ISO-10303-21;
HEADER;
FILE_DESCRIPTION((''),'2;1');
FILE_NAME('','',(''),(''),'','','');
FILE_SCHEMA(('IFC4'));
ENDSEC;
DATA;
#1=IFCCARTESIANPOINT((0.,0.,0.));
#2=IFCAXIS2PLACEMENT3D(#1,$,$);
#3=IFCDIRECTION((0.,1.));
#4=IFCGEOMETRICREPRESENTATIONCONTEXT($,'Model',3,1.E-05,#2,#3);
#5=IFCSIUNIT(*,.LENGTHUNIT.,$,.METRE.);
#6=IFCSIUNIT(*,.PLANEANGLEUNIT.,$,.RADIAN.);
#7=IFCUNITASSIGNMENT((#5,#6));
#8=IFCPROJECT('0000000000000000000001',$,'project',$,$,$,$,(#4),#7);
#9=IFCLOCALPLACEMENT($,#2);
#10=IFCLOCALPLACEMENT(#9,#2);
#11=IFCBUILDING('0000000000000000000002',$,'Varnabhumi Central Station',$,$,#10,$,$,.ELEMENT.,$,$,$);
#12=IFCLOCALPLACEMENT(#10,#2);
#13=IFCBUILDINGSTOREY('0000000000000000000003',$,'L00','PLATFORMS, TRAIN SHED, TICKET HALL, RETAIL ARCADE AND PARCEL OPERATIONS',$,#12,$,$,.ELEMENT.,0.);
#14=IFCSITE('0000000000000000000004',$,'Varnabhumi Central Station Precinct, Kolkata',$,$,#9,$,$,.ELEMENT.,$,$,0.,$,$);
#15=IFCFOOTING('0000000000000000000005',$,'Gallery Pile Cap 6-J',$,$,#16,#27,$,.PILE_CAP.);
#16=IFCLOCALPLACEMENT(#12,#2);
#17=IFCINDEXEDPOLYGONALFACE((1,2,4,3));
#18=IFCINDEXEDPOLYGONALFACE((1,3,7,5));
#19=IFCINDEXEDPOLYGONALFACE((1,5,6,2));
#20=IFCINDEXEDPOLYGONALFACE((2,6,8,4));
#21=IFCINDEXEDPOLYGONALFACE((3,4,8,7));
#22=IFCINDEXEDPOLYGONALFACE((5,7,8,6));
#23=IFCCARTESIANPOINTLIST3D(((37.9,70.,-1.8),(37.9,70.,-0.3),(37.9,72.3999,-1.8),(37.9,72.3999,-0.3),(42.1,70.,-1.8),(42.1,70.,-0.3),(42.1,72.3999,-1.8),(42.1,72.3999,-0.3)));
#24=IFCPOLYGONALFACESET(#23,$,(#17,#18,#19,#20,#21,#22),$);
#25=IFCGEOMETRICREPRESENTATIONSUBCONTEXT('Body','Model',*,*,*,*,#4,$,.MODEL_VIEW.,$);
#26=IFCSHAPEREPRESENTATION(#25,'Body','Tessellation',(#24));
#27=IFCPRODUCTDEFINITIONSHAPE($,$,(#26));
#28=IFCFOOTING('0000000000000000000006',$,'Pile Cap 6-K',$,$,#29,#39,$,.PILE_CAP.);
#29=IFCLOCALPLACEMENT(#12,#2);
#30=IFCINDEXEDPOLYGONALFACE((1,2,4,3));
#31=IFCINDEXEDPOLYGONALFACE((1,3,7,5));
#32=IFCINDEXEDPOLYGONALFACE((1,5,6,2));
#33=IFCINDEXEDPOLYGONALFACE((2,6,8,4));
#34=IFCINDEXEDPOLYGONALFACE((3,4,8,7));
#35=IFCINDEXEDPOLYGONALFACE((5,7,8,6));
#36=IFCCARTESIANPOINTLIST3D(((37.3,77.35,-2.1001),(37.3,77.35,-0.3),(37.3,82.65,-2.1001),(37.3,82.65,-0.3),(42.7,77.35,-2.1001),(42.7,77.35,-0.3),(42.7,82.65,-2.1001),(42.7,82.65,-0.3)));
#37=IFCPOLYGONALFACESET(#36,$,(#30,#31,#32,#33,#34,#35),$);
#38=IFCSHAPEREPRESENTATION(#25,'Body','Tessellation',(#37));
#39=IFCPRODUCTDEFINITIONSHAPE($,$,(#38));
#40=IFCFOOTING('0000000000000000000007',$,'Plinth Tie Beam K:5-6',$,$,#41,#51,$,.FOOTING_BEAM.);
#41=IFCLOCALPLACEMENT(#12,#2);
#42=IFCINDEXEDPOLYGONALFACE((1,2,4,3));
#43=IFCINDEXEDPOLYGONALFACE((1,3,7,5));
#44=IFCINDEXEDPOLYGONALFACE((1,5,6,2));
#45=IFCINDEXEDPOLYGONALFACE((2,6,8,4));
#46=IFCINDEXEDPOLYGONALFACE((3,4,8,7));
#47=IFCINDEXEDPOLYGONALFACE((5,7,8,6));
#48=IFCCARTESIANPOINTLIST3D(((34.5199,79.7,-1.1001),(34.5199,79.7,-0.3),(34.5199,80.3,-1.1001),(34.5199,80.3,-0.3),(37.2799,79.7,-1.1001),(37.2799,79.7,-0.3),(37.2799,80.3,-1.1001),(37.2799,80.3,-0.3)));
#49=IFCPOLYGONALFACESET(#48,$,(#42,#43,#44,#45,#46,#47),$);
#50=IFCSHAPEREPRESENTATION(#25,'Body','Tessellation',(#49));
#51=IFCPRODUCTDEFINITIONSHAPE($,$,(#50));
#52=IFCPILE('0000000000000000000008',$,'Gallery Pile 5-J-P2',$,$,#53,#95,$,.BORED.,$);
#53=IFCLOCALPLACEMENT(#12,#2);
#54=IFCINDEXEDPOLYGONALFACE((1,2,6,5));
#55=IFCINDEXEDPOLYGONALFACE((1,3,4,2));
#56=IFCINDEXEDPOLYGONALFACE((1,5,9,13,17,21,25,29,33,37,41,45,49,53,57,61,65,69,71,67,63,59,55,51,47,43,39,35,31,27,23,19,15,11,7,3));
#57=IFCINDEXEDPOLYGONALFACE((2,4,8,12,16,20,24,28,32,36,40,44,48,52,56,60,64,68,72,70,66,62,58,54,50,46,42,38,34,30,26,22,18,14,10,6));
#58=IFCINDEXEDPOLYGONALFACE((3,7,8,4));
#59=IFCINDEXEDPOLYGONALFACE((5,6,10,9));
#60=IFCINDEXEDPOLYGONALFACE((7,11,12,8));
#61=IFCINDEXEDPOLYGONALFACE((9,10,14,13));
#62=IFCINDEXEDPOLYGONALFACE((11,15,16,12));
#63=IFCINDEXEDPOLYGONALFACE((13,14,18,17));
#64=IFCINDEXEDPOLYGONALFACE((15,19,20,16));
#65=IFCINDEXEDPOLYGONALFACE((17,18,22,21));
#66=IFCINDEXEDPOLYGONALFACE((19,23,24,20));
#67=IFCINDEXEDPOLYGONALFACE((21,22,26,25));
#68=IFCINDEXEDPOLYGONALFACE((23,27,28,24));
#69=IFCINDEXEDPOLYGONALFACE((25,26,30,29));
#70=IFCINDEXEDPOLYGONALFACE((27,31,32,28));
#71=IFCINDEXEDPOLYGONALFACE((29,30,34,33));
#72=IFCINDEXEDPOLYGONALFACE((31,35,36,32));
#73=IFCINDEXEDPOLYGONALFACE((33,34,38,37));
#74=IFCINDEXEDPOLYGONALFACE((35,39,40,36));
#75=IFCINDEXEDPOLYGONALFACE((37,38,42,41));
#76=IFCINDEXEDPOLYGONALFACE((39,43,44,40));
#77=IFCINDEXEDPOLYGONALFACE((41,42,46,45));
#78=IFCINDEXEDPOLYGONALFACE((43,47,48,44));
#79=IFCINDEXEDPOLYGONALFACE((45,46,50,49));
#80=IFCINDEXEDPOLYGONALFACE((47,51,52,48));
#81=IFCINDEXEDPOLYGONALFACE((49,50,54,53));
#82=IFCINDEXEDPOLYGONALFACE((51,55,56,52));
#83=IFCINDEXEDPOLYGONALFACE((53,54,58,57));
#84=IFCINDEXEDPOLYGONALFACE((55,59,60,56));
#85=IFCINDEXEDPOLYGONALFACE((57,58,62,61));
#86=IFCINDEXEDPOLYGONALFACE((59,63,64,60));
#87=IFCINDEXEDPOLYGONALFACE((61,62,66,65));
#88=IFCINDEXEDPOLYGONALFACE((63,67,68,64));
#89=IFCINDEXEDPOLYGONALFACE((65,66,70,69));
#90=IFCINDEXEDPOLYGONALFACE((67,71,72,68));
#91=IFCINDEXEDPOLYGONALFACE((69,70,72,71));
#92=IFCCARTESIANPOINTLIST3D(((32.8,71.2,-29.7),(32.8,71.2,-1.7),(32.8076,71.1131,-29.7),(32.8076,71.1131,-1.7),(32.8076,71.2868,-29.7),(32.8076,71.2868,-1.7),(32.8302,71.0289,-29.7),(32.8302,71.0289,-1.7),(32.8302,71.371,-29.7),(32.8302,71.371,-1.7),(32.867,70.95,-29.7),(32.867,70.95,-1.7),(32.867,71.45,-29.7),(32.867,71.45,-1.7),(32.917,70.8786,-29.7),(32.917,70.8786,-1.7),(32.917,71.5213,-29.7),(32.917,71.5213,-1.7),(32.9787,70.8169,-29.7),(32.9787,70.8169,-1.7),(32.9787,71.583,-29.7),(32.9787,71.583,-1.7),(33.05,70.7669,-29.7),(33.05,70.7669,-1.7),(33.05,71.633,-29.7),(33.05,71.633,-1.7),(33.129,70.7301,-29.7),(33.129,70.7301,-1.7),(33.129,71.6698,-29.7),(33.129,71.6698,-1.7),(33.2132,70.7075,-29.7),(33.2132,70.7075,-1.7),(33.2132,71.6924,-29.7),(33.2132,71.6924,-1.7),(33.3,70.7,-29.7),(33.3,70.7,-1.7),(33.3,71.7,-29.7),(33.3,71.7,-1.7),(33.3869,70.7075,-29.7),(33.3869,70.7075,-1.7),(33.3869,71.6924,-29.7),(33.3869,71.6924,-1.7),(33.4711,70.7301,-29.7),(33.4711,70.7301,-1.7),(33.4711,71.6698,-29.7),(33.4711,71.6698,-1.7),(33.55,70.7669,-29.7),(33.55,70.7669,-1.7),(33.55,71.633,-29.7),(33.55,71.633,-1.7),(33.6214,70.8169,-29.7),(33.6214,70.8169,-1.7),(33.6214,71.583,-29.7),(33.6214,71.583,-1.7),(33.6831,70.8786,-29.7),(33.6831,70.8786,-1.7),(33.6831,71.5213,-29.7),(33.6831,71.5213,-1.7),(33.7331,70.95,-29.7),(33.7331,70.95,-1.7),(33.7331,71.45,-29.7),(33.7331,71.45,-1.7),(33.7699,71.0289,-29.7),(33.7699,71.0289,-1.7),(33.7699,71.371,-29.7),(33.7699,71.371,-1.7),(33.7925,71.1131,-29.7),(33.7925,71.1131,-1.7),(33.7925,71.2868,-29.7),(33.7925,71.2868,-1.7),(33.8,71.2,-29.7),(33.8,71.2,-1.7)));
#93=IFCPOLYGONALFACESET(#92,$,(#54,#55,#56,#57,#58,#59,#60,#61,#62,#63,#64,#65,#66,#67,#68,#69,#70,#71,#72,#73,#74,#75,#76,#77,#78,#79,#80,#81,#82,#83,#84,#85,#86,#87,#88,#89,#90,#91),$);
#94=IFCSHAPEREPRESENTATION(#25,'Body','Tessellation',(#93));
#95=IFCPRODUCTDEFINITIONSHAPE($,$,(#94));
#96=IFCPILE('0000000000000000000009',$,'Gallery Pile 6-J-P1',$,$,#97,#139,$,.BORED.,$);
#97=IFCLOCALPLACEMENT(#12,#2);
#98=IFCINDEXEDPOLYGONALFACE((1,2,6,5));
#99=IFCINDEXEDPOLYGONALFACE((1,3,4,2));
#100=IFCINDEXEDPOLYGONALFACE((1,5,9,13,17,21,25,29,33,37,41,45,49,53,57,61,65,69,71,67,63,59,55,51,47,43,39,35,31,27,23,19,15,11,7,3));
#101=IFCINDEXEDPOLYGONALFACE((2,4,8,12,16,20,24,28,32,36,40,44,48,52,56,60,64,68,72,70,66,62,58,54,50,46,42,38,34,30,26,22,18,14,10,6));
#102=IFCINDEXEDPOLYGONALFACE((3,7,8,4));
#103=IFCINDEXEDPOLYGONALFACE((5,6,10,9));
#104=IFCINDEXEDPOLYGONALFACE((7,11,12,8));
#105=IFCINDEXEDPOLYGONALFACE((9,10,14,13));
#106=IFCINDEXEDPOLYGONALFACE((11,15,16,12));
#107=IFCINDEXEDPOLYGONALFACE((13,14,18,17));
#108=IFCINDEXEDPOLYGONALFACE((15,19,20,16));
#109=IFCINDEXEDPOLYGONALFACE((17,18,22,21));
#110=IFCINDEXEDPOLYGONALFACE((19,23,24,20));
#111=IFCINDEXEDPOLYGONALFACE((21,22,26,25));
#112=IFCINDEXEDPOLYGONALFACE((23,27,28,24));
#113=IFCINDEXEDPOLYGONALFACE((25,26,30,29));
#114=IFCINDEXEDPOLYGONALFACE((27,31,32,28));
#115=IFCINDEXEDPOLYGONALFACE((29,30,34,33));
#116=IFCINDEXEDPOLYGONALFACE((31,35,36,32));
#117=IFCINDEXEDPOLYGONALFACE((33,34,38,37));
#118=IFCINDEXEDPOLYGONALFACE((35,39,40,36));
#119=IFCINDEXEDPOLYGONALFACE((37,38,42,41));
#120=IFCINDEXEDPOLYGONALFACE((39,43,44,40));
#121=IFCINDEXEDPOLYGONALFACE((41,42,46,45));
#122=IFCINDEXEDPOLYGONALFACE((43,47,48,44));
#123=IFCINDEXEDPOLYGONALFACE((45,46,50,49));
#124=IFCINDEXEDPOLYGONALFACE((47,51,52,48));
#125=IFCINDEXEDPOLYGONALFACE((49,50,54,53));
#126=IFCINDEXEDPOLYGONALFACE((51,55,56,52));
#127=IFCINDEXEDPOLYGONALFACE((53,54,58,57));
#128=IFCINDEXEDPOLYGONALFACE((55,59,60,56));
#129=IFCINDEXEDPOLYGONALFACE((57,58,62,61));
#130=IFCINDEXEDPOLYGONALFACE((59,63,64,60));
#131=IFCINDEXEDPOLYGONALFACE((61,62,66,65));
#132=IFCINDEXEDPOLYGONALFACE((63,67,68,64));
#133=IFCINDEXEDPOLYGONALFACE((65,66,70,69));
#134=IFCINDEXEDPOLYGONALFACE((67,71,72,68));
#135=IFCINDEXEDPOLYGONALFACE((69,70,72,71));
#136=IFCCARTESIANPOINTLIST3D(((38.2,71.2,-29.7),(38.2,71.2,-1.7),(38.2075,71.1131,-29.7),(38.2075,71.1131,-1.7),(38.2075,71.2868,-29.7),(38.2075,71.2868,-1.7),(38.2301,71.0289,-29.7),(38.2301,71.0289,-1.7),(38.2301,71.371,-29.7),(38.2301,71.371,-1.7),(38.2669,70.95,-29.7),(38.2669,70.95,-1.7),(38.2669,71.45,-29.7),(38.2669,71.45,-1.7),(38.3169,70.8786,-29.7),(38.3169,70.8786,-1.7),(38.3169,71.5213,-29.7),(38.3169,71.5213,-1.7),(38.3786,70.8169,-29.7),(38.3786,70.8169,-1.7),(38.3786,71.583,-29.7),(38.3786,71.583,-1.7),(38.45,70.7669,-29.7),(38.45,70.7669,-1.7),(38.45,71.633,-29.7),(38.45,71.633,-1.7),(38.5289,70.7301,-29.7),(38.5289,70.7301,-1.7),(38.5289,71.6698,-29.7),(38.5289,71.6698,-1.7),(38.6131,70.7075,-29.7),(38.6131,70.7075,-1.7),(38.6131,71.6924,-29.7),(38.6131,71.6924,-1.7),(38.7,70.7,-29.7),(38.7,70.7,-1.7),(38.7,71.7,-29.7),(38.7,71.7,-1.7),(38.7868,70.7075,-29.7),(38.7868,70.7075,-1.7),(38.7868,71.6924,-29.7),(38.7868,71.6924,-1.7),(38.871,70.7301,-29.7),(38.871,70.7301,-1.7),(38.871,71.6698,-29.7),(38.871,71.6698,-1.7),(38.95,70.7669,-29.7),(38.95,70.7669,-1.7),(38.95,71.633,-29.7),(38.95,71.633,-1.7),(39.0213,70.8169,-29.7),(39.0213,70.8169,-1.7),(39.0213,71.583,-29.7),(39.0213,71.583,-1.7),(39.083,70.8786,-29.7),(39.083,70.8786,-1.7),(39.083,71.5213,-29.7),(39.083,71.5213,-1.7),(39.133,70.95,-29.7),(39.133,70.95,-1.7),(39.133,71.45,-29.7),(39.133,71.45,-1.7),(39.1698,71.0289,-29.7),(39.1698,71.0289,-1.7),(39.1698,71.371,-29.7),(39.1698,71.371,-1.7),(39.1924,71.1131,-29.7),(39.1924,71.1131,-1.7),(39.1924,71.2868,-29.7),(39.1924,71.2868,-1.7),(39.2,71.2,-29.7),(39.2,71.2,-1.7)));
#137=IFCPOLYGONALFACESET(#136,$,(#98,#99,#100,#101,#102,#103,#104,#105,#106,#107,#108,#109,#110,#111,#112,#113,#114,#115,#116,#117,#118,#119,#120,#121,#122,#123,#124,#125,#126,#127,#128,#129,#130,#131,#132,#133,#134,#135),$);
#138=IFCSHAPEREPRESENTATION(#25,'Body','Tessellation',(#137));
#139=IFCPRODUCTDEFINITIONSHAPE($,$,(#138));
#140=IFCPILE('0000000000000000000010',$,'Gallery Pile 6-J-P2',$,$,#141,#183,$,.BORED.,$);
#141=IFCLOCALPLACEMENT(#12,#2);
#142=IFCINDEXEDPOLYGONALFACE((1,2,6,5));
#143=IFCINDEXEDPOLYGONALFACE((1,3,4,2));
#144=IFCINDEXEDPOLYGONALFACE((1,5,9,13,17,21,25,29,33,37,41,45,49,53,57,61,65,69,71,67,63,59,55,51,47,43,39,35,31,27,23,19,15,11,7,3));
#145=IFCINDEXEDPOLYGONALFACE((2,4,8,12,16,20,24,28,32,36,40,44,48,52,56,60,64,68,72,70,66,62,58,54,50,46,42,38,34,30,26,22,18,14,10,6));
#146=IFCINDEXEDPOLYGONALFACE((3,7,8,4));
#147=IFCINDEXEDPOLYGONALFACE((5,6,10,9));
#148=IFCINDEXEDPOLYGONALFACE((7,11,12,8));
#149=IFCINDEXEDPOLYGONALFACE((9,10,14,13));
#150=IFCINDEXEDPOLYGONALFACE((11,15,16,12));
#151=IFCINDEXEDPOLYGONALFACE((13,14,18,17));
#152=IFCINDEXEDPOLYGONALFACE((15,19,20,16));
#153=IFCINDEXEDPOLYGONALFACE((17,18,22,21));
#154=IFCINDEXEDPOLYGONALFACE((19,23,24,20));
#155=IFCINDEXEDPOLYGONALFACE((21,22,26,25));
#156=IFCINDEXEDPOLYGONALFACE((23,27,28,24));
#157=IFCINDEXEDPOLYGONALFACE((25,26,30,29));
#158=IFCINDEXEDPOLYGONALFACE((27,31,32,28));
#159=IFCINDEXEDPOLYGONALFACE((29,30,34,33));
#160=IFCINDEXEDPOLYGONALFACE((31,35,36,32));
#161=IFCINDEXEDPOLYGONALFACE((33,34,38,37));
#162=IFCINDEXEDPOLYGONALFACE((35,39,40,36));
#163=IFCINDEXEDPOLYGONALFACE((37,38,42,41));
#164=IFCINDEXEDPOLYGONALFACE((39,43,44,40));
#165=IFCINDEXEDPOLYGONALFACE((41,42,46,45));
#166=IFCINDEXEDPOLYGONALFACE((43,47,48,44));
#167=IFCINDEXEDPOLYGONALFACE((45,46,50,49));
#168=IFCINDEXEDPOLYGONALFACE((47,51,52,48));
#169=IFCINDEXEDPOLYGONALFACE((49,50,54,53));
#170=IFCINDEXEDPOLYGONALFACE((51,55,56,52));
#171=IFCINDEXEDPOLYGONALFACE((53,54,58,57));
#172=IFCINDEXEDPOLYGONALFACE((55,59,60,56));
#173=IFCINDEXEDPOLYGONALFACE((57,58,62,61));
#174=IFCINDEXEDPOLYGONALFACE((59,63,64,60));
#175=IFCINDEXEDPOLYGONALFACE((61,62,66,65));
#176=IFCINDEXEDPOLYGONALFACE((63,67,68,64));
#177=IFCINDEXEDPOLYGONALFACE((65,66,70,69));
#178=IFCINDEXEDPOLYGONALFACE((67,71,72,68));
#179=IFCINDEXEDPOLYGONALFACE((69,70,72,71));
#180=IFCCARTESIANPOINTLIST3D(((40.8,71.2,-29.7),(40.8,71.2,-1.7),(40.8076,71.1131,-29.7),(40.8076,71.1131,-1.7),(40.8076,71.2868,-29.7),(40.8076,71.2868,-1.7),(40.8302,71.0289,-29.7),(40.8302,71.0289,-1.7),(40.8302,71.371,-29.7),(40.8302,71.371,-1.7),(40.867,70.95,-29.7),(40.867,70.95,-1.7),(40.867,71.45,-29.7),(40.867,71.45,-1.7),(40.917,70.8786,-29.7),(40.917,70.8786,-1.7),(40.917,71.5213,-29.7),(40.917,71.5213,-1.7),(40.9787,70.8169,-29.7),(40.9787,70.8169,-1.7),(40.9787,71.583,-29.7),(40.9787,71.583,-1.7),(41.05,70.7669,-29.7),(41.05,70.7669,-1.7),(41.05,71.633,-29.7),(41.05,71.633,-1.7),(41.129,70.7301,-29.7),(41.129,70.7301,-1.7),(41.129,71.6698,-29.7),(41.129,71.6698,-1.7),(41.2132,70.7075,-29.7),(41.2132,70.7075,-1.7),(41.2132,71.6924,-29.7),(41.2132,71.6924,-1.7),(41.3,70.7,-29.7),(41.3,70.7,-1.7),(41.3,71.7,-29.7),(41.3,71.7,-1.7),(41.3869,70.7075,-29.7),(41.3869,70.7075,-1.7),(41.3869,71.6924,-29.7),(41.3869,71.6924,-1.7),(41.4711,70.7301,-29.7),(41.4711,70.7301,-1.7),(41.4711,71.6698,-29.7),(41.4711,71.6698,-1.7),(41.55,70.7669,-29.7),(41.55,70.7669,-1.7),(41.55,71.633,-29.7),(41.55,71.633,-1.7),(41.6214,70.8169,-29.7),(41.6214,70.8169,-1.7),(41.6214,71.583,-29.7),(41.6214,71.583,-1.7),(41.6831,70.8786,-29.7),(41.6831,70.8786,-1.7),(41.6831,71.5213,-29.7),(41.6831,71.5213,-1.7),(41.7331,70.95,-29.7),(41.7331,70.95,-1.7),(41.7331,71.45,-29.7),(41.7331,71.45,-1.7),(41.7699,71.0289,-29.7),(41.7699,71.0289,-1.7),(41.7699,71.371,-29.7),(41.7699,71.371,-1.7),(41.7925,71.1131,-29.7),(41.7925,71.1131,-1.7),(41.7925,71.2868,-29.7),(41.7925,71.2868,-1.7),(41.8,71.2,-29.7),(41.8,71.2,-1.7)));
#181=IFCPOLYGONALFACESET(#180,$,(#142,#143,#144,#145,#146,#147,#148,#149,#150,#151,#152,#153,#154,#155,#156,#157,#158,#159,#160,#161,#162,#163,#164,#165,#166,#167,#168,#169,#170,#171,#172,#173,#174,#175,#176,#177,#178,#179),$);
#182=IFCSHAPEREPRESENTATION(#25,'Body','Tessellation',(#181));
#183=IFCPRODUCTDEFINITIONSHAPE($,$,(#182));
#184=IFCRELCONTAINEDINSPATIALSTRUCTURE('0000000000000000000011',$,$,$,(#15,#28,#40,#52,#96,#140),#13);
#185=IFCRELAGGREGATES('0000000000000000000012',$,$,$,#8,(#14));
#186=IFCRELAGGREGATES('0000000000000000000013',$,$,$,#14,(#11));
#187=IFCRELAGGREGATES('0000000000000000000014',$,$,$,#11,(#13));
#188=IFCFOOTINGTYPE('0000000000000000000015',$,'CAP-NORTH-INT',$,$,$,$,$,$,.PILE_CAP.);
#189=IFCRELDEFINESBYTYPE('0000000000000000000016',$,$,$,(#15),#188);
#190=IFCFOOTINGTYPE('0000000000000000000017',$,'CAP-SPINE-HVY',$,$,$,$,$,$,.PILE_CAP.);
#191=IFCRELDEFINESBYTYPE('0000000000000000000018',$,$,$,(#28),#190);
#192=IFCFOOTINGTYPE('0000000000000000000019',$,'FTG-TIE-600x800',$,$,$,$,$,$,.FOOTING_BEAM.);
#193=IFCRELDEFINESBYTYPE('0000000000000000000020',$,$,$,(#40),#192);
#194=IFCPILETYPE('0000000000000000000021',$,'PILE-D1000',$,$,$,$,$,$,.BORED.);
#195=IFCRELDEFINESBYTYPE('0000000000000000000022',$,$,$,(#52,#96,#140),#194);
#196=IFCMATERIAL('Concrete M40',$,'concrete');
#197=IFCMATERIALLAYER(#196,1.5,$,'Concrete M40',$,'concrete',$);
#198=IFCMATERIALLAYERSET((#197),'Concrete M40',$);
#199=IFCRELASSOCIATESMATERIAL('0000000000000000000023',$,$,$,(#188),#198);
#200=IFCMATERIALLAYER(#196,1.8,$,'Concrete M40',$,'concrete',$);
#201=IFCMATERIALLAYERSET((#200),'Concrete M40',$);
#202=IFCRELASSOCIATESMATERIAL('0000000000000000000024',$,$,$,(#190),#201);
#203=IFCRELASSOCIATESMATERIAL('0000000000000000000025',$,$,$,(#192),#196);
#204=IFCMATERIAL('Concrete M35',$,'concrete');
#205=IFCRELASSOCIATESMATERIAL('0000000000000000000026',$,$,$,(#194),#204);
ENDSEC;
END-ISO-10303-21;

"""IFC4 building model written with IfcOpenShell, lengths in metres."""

from ifc_helpers import new_model, si_unit, direction, frame, origin, origin_2d, place, context, subcontext, project, spatial, rectangle, circle, extrude, material, layer, layer_set, material_profile, profile_set, type_object, element, save


model = new_model("IFC4")

# Units and contexts
model_context = context("Model", 3, precision=1e-05, world=origin(), true_north=direction((0.0, 1.0)))
body_context = subcontext(model_context, "Body", "Model", "MODEL_VIEW")
ifc_project = project(units=[si_unit("LENGTHUNIT", "METRE"), si_unit("PLANEANGLEUNIT", "RADIAN")], contexts=[model_context])

# Site, building, storey
site_placement = place(None, origin())
site = spatial("IfcSite", under=ifc_project, at=site_placement, Name="Varnabhumi Central Station Precinct, Kolkata", CompositionType="ELEMENT", RefElevation=0.0)
building_placement = place(site_placement, origin())
building = spatial("IfcBuilding", under=site, at=building_placement, Name="Varnabhumi Central Station", CompositionType="ELEMENT")
storey_placement = place(building_placement, origin())
storey = spatial("IfcBuildingStorey", under=building, at=storey_placement, Name="L00", Description="PLATFORMS, TRAIN SHED, TICKET HALL, RETAIL ARCADE AND PARCEL OPERATIONS", CompositionType="ELEMENT", Elevation=0.0)

# Footings
ifc_material_1 = material(Name="Concrete M40", Category="concrete")
ifc_layer_1 = layer(ifc_material_1, 1.5, Name="Concrete M40", Category="concrete")
ifc_layer_set_1 = layer_set([ifc_layer_1], Name="Concrete M40")
footing_type_1 = type_object("IfcFootingType", Name="CAP-NORTH-INT", PredefinedType="PILE_CAP", material=ifc_layer_set_1)
footing_1_placement = place(storey_placement, frame((40.0, 71.2, -1.8), z_axis=(0.0, 0.0, 1.0), x_axis=(1.0, 0.0, 0.0)))
element("IfcFooting", 1, at=footing_1_placement, inside=storey, type_object=footing_type_1, Name="Gallery Pile Cap 6-J", PredefinedType="PILE_CAP", context=body_context, shape_type="SweptSolid", body=[
    extrude(rectangle(XDim=4.2, YDim=2.3999, at=origin_2d()), origin(), (0.0, 0.0, 1.0), 1.5),
])
ifc_layer_2 = layer(ifc_material_1, 1.8, Name="Concrete M40", Category="concrete")
ifc_layer_set_2 = layer_set([ifc_layer_2], Name="Concrete M40")
footing_type_2 = type_object("IfcFootingType", Name="CAP-SPINE-HVY", PredefinedType="PILE_CAP", material=ifc_layer_set_2)
footing_2_placement = place(storey_placement, frame((40.0, 80.0, -2.1001), z_axis=(0.0, 0.0, 1.0), x_axis=(1.0, 0.0, 0.0)))
element("IfcFooting", 2, at=footing_2_placement, inside=storey, type_object=footing_type_2, Name="Pile Cap 6-K", PredefinedType="PILE_CAP", context=body_context, shape_type="SweptSolid", body=[
    extrude(rectangle(XDim=5.3999, YDim=5.3, at=origin_2d()), origin(), (0.0, 0.0, 1.0), 1.8),
])
footing_type_3 = type_object("IfcFootingType", Name="FTG-TIE-600x800", PredefinedType="FOOTING_BEAM", material=ifc_material_1)
footing_3_placement = place(storey_placement, frame((35.8999, 80.0, -1.1001), z_axis=(0.0, 0.0, 1.0), x_axis=(1.0, 0.0, 0.0)))
element("IfcFooting", 3, at=footing_3_placement, inside=storey, type_object=footing_type_3, Name="Plinth Tie Beam K:5-6", PredefinedType="FOOTING_BEAM", context=body_context, shape_type="SweptSolid", body=[
    extrude(rectangle(XDim=2.76, YDim=0.6001, at=origin_2d()), origin(), (0.0, 0.0, 1.0), 0.8),
])

# Piles
ifc_material_2 = material(Name="Concrete M35", Category="concrete")
ifc_material_profile_1 = material_profile(ifc_material_2, circle(Radius=0.5, at=origin_2d()), Name="Concrete M35", Category="concrete")
ifc_profile_set_1 = profile_set([ifc_material_profile_1], Name="Concrete M35")
pile_type_1 = type_object("IfcPileType", Name="PILE-D1000", PredefinedType="BORED", material=ifc_profile_set_1)
for number, where, z_axis, x_axis, name in (
    (4, (33.3, 71.2, -1.7), (0.0, 0.0, -1.0), (1.0, 0.0, 0.0), "Gallery Pile 5-J-P2"),
    (5, (38.7, 71.2, -1.7), (0.0, 0.0, -1.0), (1.0, 0.0, 0.0), "Gallery Pile 6-J-P1"),
    (6, (41.3, 71.2, -1.7), (0.0, 0.0, -1.0), (1.0, 0.0, 0.0), "Gallery Pile 6-J-P2"),
):
    element("IfcPile", number, at=place(storey_placement, frame(where, z_axis=z_axis, x_axis=x_axis)), inside=storey, type_object=pile_type_1, Name=name, PredefinedType="BORED", context=body_context, shape_type="SweptSolid", body=[
        extrude(circle(Radius=0.5, at=origin_2d()), origin(), (0.0, 0.0, 1.0), 28.0),
    ])

save(model, "model.ifc")
